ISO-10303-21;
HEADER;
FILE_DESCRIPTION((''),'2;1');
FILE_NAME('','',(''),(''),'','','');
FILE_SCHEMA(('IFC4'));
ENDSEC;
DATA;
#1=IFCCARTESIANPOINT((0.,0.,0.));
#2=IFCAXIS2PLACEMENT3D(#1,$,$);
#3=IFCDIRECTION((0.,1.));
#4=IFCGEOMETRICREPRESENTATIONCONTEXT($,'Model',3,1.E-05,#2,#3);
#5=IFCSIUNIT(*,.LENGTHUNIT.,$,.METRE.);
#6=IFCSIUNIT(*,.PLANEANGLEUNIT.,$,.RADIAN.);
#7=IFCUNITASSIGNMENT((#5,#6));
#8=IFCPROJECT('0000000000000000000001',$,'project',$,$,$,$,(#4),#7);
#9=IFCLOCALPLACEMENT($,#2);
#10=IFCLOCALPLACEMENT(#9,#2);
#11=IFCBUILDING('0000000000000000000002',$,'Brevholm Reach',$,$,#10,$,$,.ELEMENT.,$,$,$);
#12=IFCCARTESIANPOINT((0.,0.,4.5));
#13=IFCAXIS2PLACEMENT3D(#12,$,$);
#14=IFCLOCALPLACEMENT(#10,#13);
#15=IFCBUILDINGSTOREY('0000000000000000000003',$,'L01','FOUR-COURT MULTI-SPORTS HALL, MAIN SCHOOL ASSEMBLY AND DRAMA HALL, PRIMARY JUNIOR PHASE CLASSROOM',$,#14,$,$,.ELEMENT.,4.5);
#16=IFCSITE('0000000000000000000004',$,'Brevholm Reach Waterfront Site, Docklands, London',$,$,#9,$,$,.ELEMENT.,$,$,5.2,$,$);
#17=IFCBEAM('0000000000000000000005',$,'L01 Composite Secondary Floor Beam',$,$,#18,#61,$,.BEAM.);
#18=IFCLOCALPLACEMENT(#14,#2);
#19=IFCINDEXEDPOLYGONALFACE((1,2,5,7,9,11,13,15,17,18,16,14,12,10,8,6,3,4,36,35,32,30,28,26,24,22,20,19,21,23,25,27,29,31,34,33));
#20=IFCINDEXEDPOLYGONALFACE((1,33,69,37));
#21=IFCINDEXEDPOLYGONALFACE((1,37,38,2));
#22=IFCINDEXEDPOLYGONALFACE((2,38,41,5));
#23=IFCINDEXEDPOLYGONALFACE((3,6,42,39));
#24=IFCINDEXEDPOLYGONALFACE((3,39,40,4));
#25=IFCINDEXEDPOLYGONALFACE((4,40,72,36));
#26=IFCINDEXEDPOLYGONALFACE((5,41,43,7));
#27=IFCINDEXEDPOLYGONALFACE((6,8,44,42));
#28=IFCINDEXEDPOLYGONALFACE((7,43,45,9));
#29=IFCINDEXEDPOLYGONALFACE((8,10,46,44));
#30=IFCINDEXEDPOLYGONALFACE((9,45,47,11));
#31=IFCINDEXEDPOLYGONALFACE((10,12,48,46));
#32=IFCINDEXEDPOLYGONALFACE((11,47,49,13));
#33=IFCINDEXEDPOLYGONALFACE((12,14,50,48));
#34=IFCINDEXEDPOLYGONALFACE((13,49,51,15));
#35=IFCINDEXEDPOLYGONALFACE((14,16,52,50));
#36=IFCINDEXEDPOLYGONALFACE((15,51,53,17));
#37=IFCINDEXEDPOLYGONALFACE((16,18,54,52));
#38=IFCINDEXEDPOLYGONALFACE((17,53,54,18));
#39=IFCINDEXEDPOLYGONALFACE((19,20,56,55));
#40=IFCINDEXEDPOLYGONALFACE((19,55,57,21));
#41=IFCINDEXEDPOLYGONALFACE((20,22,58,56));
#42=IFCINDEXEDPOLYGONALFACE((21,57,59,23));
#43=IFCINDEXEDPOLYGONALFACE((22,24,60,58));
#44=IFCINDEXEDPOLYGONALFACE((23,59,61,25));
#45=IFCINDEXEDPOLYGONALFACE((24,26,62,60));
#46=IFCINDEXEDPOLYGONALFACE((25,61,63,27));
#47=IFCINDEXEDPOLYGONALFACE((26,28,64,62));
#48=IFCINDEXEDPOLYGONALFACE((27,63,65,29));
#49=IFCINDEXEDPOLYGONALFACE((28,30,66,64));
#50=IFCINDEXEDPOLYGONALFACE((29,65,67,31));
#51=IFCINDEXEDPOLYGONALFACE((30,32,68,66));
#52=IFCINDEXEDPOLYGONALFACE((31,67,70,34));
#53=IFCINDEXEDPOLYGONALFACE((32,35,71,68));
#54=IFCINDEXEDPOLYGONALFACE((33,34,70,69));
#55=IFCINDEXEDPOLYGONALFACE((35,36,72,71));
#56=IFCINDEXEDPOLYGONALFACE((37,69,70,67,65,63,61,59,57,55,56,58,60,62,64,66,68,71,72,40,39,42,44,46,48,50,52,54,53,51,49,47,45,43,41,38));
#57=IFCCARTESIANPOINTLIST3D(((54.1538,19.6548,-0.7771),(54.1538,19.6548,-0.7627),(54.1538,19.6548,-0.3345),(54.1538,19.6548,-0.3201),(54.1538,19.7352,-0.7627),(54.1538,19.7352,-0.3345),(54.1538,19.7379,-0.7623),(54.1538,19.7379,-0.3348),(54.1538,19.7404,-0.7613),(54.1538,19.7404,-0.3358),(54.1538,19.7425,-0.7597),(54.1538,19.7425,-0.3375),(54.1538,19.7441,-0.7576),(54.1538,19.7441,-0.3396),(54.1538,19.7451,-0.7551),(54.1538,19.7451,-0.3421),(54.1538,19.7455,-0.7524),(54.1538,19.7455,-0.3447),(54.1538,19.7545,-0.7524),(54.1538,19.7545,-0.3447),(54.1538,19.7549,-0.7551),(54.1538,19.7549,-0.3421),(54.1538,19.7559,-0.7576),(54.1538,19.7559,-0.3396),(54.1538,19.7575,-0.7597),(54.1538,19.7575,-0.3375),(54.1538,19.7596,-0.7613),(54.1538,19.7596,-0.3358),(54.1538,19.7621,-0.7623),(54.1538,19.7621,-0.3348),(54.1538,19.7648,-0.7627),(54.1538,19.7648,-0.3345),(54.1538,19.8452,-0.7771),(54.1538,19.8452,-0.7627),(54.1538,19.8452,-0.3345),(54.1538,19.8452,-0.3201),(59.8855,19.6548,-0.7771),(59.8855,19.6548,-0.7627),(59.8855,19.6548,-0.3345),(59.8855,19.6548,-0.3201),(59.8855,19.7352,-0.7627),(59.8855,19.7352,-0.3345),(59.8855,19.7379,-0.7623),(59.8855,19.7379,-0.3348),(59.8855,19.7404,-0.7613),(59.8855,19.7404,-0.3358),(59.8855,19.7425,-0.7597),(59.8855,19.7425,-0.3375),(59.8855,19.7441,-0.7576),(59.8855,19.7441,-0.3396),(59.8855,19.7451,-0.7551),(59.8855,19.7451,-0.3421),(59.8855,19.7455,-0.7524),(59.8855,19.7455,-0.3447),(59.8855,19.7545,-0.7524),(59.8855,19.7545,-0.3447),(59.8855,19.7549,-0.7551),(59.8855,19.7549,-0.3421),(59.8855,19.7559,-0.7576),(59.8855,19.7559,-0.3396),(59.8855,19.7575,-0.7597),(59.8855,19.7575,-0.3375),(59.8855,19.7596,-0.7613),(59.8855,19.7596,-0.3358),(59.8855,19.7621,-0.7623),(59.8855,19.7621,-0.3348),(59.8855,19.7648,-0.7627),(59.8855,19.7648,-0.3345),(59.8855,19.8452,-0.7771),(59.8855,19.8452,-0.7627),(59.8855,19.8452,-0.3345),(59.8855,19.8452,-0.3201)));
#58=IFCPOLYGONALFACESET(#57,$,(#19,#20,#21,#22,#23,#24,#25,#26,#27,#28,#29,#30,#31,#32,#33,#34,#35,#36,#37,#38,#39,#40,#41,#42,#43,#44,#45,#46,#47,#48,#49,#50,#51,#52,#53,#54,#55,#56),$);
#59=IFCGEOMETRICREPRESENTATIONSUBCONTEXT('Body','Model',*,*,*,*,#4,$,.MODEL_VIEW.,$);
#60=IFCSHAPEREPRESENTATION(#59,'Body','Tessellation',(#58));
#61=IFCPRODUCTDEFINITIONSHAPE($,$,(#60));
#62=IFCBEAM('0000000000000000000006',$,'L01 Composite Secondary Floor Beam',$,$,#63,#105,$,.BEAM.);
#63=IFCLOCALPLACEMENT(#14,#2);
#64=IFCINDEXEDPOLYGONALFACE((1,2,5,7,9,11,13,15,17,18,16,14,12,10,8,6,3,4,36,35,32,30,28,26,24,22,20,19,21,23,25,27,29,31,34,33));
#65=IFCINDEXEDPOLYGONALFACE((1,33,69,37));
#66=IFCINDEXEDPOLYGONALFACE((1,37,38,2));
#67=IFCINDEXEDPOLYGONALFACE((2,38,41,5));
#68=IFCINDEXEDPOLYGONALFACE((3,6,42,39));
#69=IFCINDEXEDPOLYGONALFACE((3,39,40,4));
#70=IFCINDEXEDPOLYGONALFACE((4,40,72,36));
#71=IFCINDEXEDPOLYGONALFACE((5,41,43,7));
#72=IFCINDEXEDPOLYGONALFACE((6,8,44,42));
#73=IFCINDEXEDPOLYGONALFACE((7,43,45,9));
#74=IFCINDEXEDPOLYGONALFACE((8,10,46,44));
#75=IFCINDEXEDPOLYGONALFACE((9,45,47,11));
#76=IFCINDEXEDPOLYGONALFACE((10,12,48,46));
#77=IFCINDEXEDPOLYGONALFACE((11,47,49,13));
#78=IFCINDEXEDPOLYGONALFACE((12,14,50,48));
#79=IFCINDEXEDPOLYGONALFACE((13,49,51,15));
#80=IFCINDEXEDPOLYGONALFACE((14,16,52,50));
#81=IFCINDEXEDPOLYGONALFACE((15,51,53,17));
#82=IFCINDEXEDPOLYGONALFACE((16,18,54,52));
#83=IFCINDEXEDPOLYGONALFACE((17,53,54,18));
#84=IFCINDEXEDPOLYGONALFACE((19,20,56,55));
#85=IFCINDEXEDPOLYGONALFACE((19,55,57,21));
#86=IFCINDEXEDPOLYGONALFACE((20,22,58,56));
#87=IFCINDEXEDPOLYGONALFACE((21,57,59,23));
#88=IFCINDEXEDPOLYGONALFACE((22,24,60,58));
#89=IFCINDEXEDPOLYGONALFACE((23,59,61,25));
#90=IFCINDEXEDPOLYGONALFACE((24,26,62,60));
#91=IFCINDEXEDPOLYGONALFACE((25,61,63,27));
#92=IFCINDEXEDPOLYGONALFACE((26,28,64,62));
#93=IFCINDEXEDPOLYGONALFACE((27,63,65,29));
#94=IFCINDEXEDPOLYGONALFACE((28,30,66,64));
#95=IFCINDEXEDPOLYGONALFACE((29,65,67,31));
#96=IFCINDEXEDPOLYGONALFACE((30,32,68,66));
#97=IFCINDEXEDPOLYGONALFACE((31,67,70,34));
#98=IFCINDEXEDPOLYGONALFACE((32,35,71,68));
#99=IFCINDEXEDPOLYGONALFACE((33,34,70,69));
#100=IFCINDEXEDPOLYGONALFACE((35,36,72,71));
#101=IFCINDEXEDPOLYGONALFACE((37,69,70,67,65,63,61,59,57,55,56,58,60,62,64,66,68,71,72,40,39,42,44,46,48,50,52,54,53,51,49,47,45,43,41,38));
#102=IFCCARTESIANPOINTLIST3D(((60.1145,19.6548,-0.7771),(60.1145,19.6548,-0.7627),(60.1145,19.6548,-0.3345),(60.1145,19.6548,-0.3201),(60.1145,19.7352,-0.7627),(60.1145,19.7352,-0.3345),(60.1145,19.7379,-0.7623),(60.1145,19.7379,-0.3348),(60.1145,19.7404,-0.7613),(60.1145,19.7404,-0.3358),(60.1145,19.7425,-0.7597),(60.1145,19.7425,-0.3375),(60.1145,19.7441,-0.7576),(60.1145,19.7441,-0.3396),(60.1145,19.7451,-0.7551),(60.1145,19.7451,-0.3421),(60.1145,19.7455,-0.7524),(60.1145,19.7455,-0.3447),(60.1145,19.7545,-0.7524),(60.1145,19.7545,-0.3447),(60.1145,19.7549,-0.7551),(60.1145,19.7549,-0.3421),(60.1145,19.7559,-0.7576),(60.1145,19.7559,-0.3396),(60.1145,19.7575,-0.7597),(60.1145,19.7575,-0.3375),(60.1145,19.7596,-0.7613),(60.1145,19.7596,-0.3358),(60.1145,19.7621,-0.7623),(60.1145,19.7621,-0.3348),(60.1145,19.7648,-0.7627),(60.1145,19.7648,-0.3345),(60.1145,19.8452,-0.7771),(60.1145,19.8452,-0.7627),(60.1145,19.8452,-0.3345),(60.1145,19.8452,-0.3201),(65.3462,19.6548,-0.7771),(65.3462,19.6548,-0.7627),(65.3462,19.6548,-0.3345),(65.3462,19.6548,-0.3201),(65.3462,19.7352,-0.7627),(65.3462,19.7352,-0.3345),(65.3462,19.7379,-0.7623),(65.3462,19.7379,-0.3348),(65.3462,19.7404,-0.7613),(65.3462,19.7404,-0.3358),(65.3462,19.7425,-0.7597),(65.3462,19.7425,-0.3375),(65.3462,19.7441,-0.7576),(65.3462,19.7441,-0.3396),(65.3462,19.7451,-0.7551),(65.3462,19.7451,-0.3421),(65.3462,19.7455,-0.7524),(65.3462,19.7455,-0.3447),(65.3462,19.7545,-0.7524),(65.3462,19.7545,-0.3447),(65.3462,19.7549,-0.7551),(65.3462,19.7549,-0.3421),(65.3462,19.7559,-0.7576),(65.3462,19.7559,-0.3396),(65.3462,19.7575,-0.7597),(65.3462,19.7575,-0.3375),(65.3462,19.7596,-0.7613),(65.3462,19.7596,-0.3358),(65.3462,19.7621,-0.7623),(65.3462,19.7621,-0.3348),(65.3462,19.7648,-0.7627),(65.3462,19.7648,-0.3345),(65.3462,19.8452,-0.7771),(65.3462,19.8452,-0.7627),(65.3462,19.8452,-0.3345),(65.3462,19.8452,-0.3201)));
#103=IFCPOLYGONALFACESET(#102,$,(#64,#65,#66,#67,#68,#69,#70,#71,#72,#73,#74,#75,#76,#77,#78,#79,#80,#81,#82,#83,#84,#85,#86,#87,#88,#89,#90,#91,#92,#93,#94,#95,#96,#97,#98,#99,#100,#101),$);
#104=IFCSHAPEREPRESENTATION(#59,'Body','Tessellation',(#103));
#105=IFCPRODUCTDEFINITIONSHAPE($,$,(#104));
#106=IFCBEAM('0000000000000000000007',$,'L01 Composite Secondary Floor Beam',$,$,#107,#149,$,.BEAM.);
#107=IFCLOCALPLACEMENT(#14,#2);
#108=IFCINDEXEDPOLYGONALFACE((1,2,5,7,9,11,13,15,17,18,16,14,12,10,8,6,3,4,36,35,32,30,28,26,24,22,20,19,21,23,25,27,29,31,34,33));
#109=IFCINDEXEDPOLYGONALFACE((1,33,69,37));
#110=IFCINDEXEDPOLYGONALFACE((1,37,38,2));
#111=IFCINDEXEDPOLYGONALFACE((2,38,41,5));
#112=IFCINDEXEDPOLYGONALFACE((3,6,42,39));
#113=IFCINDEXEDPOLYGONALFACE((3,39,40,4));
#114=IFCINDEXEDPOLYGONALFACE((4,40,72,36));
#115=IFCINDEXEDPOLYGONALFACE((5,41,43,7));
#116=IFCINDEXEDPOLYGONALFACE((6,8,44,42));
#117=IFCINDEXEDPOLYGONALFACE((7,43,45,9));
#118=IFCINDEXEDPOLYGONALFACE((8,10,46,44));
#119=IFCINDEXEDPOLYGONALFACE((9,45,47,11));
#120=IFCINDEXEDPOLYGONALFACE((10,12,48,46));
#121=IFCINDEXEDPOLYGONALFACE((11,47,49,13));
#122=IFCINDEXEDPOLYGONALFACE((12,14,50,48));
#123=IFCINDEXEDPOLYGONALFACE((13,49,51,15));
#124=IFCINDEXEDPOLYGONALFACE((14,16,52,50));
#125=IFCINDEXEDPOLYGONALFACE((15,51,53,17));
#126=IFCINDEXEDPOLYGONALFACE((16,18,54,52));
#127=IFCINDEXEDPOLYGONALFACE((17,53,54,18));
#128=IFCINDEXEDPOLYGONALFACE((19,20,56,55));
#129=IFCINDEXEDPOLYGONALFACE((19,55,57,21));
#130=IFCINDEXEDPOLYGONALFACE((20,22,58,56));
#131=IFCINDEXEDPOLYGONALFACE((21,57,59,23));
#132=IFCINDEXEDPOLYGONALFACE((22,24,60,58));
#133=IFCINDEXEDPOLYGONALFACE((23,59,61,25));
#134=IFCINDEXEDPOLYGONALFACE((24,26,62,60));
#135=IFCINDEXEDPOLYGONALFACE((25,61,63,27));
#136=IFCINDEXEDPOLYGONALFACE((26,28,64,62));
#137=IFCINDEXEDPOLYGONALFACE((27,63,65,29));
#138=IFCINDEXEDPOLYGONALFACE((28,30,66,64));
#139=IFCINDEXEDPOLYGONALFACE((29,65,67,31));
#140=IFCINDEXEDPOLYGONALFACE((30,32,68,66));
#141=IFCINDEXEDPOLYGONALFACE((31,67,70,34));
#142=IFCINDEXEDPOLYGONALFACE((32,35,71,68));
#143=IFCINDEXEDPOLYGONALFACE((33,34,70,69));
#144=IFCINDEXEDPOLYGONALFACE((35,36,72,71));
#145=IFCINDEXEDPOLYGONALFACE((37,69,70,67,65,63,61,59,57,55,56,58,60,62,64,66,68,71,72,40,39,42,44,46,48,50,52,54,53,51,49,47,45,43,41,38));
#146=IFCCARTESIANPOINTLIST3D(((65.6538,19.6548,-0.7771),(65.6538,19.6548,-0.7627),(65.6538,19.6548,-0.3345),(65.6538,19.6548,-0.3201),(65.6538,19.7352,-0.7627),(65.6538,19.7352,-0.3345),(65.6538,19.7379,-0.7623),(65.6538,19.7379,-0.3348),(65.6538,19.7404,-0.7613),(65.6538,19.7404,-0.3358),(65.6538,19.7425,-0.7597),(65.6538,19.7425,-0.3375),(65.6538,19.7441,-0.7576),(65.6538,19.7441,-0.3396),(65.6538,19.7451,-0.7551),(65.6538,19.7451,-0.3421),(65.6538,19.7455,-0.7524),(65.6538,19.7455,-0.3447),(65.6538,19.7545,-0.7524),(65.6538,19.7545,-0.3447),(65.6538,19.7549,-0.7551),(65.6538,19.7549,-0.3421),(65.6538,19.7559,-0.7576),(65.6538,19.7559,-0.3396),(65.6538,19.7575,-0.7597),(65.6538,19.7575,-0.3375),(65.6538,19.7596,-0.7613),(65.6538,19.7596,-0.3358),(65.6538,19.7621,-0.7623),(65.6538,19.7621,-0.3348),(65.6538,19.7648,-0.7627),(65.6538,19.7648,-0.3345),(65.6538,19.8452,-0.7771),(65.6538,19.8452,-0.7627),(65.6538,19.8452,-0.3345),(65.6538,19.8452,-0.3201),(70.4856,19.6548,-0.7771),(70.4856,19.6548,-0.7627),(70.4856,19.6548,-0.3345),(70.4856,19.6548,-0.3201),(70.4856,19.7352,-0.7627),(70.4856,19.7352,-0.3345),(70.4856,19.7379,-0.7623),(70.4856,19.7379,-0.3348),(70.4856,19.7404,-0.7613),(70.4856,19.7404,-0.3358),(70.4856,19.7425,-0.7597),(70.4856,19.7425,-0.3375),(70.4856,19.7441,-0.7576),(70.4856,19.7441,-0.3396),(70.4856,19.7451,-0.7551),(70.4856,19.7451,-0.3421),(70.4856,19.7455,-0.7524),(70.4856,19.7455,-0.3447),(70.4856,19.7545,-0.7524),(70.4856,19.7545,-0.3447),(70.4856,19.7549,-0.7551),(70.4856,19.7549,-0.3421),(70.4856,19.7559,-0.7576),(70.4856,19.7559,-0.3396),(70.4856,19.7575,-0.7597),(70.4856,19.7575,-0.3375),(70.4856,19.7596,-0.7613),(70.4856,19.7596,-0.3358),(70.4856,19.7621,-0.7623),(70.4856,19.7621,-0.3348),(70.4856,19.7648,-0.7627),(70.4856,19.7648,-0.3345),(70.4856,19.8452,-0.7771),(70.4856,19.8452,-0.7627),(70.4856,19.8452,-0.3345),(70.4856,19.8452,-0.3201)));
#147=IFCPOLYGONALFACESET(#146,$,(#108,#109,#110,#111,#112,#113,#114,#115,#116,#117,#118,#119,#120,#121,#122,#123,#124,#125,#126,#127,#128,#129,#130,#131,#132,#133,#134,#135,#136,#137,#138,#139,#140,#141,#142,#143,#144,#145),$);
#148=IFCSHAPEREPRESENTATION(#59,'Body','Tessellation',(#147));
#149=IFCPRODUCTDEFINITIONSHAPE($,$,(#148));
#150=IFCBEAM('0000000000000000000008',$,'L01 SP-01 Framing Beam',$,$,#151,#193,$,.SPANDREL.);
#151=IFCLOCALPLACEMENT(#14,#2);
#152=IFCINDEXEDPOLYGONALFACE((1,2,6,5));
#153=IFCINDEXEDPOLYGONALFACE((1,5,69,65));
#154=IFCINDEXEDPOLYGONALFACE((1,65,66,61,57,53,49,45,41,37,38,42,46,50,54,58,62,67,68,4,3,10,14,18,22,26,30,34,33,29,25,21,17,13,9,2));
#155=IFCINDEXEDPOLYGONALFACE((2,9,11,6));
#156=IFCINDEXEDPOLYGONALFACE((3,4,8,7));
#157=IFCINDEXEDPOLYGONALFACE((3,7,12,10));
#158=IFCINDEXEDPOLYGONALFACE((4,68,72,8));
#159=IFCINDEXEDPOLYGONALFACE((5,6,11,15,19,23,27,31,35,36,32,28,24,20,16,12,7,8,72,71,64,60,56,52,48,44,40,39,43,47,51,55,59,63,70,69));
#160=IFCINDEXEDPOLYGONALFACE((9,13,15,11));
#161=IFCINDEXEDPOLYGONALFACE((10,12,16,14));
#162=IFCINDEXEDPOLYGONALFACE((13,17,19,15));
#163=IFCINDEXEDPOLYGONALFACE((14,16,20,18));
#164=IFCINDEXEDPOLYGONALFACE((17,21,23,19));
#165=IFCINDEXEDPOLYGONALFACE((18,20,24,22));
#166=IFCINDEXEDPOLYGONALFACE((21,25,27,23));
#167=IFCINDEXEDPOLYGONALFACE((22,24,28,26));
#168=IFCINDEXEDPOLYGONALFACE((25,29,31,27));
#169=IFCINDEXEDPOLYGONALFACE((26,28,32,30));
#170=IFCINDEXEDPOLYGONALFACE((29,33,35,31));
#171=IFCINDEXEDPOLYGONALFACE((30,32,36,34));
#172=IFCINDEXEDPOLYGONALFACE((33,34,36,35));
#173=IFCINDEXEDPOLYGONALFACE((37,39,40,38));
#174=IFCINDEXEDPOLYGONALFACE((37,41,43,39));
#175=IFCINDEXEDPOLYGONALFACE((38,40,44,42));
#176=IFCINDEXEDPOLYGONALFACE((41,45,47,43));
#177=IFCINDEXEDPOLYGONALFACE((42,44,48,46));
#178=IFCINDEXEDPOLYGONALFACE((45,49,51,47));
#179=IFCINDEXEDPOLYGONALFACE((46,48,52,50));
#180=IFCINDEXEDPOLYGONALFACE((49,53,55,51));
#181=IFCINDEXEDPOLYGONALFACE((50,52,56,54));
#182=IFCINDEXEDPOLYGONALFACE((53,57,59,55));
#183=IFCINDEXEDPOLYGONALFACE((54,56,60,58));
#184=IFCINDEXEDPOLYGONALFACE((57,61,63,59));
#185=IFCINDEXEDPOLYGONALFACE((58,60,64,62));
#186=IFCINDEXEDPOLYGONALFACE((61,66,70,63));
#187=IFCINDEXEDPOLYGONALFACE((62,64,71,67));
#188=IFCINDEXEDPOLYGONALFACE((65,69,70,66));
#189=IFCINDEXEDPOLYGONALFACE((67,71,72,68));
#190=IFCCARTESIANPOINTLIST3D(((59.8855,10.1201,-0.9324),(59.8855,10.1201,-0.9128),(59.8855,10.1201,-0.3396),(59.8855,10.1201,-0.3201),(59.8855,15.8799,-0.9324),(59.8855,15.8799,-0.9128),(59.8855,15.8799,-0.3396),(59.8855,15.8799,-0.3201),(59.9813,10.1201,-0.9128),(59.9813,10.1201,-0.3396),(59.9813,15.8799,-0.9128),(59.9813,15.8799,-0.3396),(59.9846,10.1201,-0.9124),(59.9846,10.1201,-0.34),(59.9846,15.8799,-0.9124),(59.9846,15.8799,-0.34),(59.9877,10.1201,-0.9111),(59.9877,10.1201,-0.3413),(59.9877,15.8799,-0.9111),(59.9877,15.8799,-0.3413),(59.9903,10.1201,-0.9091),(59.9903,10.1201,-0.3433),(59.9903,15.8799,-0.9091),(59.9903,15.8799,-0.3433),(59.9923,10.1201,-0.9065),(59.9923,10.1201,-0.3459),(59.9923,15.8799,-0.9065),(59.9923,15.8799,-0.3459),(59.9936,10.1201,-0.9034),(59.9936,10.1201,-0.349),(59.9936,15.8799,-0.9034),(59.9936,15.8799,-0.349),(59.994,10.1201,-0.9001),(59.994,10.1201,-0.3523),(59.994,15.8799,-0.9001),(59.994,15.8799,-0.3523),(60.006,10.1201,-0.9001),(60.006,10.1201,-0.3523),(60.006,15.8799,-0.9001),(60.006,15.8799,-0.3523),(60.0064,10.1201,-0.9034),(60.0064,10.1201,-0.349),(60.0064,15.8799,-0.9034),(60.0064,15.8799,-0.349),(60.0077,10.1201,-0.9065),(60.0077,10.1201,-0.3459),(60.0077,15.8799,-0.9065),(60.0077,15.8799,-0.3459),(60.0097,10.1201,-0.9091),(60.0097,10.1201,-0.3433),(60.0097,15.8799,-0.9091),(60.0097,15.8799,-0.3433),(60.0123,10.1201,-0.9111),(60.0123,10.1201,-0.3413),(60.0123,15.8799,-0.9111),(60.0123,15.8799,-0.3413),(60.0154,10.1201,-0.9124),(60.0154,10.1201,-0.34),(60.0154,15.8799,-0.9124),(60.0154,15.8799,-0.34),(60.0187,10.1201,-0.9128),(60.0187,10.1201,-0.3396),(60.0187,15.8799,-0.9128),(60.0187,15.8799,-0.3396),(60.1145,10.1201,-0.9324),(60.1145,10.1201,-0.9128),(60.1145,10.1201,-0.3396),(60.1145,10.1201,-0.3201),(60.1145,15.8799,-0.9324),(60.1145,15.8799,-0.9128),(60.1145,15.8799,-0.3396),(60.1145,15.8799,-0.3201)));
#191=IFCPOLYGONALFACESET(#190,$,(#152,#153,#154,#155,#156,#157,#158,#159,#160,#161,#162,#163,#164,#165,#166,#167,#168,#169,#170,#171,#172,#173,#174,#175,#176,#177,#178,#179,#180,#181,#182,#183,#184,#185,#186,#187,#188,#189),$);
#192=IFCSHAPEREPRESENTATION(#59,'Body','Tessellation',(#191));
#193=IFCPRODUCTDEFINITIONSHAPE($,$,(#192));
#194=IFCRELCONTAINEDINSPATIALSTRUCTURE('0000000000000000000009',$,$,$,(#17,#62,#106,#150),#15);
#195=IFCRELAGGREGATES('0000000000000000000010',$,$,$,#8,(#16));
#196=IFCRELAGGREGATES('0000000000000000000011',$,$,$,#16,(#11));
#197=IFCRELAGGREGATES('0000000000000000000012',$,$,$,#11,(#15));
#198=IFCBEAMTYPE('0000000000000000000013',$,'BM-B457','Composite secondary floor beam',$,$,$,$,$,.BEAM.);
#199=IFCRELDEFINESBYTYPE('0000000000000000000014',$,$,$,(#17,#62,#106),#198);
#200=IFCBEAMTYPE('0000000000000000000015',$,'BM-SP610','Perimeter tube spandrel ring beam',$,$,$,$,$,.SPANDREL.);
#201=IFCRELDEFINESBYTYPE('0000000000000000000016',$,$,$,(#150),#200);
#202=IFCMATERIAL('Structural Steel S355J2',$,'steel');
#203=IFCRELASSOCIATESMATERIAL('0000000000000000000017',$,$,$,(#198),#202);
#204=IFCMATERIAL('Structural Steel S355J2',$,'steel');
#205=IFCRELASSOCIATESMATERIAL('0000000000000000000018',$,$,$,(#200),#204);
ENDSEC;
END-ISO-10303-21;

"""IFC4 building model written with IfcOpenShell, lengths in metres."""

from ifc_helpers import new_model, si_unit, direction, frame, origin, origin_2d, place, context, subcontext, project, spatial, i_section, extrude, material, material_profile, profile_set, type_object, element, save


model = new_model("IFC4")

# Units and contexts
model_context = context("Model", 3, precision=1e-05, world=origin(), true_north=direction((0.0, 1.0)))
body_context = subcontext(model_context, "Body", "Model", "MODEL_VIEW")
ifc_project = project(units=[si_unit("LENGTHUNIT", "METRE"), si_unit("PLANEANGLEUNIT", "RADIAN")], contexts=[model_context])

# Site, building, storey
site_placement = place(None, origin())
site = spatial("IfcSite", under=ifc_project, at=site_placement, Name="Brevholm Reach Waterfront Site, Docklands, London", CompositionType="ELEMENT", RefElevation=5.2)
building_placement = place(site_placement, origin())
building = spatial("IfcBuilding", under=site, at=building_placement, Name="Brevholm Reach", CompositionType="ELEMENT")
storey_placement = place(building_placement, frame((0.0, 0.0, 4.5)))
storey = spatial("IfcBuildingStorey", under=building, at=storey_placement, Name="L01", Description="FOUR-COURT MULTI-SPORTS HALL, MAIN SCHOOL ASSEMBLY AND DRAMA HALL, PRIMARY JUNIOR PHASE CLASSROOM", CompositionType="ELEMENT", Elevation=4.5)

# Beams
ifc_material_1 = material(Name="Structural Steel S355J2", Category="steel")
ifc_material_profile_1 = material_profile(ifc_material_1, i_section(OverallWidth=0.1904, OverallDepth=0.457, WebThickness=0.009, FlangeThickness=0.0144, FilletRadius=0.0103, at=origin_2d()), Name="UKB 457x191x74")
ifc_profile_set_1 = profile_set([ifc_material_profile_1], Name="Structural Steel S355J2")
beam_type_1 = type_object("IfcBeamType", Name="BM-B457", Description="Composite secondary floor beam", PredefinedType="BEAM", material=ifc_profile_set_1)
beam_1_placement = place(storey_placement, frame((54.1538, 19.75, -0.5486), z_axis=(1.0, 0.0, 0.0), x_axis=(0.0, 1.0, 0.0)))
element("IfcBeam", 1, at=beam_1_placement, inside=storey, type_object=beam_type_1, Name="L01 Composite Secondary Floor Beam", PredefinedType="BEAM", context=body_context, shape_type="SweptSolid", body=[
    extrude(i_section(OverallWidth=0.1904, OverallDepth=0.457, WebThickness=0.009, FlangeThickness=0.0144, FilletRadius=0.0103, at=origin_2d()), origin(), (0.0, 0.0, 1.0), 5.7317),
])
beam_2_placement = place(storey_placement, frame((60.1145, 19.75, -0.5486), z_axis=(1.0, 0.0, 0.0), x_axis=(0.0, 1.0, 0.0)))
element("IfcBeam", 2, at=beam_2_placement, inside=storey, type_object=beam_type_1, Name="L01 Composite Secondary Floor Beam", PredefinedType="BEAM", context=body_context, shape_type="SweptSolid", body=[
    extrude(i_section(OverallWidth=0.1904, OverallDepth=0.457, WebThickness=0.009, FlangeThickness=0.0144, FilletRadius=0.0103, at=origin_2d()), origin(), (0.0, 0.0, 1.0), 5.2317),
])
beam_3_placement = place(storey_placement, frame((65.6538, 19.75, -0.5486), z_axis=(1.0, 0.0, 0.0), x_axis=(0.0, 1.0, 0.0)))
element("IfcBeam", 3, at=beam_3_placement, inside=storey, type_object=beam_type_1, Name="L01 Composite Secondary Floor Beam", PredefinedType="BEAM", context=body_context, shape_type="SweptSolid", body=[
    extrude(i_section(OverallWidth=0.1904, OverallDepth=0.457, WebThickness=0.009, FlangeThickness=0.0144, FilletRadius=0.0103, at=origin_2d()), origin(), (0.0, 0.0, 1.0), 4.8318),
])
ifc_material_2 = material(Name="Structural Steel S355J2", Category="steel")
ifc_material_profile_2 = material_profile(ifc_material_2, i_section(OverallWidth=0.229, OverallDepth=0.6123, WebThickness=0.012, FlangeThickness=0.0195, FilletRadius=0.0127, at=origin_2d()), Name="UKB 610x229x125")
ifc_profile_set_2 = profile_set([ifc_material_profile_2], Name="Structural Steel S355J2")
beam_type_2 = type_object("IfcBeamType", Name="BM-SP610", Description="Perimeter tube spandrel ring beam", PredefinedType="SPANDREL", material=ifc_profile_set_2)
beam_4_placement = place(storey_placement, frame((60.0, 10.1201, -0.6262), z_axis=(0.0, 1.0, 0.0), x_axis=(-1.0, 0.0, 0.0)))
element("IfcBeam", 4, at=beam_4_placement, inside=storey, type_object=beam_type_2, Name="L01 SP-01 Framing Beam", PredefinedType="SPANDREL", context=body_context, shape_type="SweptSolid", body=[
    extrude(i_section(OverallWidth=0.229, OverallDepth=0.6123, WebThickness=0.012, FlangeThickness=0.0195, FilletRadius=0.0127, at=origin_2d()), origin(), (0.0, 0.0, 1.0), 5.7598),
])

save(model, "model.ifc")
